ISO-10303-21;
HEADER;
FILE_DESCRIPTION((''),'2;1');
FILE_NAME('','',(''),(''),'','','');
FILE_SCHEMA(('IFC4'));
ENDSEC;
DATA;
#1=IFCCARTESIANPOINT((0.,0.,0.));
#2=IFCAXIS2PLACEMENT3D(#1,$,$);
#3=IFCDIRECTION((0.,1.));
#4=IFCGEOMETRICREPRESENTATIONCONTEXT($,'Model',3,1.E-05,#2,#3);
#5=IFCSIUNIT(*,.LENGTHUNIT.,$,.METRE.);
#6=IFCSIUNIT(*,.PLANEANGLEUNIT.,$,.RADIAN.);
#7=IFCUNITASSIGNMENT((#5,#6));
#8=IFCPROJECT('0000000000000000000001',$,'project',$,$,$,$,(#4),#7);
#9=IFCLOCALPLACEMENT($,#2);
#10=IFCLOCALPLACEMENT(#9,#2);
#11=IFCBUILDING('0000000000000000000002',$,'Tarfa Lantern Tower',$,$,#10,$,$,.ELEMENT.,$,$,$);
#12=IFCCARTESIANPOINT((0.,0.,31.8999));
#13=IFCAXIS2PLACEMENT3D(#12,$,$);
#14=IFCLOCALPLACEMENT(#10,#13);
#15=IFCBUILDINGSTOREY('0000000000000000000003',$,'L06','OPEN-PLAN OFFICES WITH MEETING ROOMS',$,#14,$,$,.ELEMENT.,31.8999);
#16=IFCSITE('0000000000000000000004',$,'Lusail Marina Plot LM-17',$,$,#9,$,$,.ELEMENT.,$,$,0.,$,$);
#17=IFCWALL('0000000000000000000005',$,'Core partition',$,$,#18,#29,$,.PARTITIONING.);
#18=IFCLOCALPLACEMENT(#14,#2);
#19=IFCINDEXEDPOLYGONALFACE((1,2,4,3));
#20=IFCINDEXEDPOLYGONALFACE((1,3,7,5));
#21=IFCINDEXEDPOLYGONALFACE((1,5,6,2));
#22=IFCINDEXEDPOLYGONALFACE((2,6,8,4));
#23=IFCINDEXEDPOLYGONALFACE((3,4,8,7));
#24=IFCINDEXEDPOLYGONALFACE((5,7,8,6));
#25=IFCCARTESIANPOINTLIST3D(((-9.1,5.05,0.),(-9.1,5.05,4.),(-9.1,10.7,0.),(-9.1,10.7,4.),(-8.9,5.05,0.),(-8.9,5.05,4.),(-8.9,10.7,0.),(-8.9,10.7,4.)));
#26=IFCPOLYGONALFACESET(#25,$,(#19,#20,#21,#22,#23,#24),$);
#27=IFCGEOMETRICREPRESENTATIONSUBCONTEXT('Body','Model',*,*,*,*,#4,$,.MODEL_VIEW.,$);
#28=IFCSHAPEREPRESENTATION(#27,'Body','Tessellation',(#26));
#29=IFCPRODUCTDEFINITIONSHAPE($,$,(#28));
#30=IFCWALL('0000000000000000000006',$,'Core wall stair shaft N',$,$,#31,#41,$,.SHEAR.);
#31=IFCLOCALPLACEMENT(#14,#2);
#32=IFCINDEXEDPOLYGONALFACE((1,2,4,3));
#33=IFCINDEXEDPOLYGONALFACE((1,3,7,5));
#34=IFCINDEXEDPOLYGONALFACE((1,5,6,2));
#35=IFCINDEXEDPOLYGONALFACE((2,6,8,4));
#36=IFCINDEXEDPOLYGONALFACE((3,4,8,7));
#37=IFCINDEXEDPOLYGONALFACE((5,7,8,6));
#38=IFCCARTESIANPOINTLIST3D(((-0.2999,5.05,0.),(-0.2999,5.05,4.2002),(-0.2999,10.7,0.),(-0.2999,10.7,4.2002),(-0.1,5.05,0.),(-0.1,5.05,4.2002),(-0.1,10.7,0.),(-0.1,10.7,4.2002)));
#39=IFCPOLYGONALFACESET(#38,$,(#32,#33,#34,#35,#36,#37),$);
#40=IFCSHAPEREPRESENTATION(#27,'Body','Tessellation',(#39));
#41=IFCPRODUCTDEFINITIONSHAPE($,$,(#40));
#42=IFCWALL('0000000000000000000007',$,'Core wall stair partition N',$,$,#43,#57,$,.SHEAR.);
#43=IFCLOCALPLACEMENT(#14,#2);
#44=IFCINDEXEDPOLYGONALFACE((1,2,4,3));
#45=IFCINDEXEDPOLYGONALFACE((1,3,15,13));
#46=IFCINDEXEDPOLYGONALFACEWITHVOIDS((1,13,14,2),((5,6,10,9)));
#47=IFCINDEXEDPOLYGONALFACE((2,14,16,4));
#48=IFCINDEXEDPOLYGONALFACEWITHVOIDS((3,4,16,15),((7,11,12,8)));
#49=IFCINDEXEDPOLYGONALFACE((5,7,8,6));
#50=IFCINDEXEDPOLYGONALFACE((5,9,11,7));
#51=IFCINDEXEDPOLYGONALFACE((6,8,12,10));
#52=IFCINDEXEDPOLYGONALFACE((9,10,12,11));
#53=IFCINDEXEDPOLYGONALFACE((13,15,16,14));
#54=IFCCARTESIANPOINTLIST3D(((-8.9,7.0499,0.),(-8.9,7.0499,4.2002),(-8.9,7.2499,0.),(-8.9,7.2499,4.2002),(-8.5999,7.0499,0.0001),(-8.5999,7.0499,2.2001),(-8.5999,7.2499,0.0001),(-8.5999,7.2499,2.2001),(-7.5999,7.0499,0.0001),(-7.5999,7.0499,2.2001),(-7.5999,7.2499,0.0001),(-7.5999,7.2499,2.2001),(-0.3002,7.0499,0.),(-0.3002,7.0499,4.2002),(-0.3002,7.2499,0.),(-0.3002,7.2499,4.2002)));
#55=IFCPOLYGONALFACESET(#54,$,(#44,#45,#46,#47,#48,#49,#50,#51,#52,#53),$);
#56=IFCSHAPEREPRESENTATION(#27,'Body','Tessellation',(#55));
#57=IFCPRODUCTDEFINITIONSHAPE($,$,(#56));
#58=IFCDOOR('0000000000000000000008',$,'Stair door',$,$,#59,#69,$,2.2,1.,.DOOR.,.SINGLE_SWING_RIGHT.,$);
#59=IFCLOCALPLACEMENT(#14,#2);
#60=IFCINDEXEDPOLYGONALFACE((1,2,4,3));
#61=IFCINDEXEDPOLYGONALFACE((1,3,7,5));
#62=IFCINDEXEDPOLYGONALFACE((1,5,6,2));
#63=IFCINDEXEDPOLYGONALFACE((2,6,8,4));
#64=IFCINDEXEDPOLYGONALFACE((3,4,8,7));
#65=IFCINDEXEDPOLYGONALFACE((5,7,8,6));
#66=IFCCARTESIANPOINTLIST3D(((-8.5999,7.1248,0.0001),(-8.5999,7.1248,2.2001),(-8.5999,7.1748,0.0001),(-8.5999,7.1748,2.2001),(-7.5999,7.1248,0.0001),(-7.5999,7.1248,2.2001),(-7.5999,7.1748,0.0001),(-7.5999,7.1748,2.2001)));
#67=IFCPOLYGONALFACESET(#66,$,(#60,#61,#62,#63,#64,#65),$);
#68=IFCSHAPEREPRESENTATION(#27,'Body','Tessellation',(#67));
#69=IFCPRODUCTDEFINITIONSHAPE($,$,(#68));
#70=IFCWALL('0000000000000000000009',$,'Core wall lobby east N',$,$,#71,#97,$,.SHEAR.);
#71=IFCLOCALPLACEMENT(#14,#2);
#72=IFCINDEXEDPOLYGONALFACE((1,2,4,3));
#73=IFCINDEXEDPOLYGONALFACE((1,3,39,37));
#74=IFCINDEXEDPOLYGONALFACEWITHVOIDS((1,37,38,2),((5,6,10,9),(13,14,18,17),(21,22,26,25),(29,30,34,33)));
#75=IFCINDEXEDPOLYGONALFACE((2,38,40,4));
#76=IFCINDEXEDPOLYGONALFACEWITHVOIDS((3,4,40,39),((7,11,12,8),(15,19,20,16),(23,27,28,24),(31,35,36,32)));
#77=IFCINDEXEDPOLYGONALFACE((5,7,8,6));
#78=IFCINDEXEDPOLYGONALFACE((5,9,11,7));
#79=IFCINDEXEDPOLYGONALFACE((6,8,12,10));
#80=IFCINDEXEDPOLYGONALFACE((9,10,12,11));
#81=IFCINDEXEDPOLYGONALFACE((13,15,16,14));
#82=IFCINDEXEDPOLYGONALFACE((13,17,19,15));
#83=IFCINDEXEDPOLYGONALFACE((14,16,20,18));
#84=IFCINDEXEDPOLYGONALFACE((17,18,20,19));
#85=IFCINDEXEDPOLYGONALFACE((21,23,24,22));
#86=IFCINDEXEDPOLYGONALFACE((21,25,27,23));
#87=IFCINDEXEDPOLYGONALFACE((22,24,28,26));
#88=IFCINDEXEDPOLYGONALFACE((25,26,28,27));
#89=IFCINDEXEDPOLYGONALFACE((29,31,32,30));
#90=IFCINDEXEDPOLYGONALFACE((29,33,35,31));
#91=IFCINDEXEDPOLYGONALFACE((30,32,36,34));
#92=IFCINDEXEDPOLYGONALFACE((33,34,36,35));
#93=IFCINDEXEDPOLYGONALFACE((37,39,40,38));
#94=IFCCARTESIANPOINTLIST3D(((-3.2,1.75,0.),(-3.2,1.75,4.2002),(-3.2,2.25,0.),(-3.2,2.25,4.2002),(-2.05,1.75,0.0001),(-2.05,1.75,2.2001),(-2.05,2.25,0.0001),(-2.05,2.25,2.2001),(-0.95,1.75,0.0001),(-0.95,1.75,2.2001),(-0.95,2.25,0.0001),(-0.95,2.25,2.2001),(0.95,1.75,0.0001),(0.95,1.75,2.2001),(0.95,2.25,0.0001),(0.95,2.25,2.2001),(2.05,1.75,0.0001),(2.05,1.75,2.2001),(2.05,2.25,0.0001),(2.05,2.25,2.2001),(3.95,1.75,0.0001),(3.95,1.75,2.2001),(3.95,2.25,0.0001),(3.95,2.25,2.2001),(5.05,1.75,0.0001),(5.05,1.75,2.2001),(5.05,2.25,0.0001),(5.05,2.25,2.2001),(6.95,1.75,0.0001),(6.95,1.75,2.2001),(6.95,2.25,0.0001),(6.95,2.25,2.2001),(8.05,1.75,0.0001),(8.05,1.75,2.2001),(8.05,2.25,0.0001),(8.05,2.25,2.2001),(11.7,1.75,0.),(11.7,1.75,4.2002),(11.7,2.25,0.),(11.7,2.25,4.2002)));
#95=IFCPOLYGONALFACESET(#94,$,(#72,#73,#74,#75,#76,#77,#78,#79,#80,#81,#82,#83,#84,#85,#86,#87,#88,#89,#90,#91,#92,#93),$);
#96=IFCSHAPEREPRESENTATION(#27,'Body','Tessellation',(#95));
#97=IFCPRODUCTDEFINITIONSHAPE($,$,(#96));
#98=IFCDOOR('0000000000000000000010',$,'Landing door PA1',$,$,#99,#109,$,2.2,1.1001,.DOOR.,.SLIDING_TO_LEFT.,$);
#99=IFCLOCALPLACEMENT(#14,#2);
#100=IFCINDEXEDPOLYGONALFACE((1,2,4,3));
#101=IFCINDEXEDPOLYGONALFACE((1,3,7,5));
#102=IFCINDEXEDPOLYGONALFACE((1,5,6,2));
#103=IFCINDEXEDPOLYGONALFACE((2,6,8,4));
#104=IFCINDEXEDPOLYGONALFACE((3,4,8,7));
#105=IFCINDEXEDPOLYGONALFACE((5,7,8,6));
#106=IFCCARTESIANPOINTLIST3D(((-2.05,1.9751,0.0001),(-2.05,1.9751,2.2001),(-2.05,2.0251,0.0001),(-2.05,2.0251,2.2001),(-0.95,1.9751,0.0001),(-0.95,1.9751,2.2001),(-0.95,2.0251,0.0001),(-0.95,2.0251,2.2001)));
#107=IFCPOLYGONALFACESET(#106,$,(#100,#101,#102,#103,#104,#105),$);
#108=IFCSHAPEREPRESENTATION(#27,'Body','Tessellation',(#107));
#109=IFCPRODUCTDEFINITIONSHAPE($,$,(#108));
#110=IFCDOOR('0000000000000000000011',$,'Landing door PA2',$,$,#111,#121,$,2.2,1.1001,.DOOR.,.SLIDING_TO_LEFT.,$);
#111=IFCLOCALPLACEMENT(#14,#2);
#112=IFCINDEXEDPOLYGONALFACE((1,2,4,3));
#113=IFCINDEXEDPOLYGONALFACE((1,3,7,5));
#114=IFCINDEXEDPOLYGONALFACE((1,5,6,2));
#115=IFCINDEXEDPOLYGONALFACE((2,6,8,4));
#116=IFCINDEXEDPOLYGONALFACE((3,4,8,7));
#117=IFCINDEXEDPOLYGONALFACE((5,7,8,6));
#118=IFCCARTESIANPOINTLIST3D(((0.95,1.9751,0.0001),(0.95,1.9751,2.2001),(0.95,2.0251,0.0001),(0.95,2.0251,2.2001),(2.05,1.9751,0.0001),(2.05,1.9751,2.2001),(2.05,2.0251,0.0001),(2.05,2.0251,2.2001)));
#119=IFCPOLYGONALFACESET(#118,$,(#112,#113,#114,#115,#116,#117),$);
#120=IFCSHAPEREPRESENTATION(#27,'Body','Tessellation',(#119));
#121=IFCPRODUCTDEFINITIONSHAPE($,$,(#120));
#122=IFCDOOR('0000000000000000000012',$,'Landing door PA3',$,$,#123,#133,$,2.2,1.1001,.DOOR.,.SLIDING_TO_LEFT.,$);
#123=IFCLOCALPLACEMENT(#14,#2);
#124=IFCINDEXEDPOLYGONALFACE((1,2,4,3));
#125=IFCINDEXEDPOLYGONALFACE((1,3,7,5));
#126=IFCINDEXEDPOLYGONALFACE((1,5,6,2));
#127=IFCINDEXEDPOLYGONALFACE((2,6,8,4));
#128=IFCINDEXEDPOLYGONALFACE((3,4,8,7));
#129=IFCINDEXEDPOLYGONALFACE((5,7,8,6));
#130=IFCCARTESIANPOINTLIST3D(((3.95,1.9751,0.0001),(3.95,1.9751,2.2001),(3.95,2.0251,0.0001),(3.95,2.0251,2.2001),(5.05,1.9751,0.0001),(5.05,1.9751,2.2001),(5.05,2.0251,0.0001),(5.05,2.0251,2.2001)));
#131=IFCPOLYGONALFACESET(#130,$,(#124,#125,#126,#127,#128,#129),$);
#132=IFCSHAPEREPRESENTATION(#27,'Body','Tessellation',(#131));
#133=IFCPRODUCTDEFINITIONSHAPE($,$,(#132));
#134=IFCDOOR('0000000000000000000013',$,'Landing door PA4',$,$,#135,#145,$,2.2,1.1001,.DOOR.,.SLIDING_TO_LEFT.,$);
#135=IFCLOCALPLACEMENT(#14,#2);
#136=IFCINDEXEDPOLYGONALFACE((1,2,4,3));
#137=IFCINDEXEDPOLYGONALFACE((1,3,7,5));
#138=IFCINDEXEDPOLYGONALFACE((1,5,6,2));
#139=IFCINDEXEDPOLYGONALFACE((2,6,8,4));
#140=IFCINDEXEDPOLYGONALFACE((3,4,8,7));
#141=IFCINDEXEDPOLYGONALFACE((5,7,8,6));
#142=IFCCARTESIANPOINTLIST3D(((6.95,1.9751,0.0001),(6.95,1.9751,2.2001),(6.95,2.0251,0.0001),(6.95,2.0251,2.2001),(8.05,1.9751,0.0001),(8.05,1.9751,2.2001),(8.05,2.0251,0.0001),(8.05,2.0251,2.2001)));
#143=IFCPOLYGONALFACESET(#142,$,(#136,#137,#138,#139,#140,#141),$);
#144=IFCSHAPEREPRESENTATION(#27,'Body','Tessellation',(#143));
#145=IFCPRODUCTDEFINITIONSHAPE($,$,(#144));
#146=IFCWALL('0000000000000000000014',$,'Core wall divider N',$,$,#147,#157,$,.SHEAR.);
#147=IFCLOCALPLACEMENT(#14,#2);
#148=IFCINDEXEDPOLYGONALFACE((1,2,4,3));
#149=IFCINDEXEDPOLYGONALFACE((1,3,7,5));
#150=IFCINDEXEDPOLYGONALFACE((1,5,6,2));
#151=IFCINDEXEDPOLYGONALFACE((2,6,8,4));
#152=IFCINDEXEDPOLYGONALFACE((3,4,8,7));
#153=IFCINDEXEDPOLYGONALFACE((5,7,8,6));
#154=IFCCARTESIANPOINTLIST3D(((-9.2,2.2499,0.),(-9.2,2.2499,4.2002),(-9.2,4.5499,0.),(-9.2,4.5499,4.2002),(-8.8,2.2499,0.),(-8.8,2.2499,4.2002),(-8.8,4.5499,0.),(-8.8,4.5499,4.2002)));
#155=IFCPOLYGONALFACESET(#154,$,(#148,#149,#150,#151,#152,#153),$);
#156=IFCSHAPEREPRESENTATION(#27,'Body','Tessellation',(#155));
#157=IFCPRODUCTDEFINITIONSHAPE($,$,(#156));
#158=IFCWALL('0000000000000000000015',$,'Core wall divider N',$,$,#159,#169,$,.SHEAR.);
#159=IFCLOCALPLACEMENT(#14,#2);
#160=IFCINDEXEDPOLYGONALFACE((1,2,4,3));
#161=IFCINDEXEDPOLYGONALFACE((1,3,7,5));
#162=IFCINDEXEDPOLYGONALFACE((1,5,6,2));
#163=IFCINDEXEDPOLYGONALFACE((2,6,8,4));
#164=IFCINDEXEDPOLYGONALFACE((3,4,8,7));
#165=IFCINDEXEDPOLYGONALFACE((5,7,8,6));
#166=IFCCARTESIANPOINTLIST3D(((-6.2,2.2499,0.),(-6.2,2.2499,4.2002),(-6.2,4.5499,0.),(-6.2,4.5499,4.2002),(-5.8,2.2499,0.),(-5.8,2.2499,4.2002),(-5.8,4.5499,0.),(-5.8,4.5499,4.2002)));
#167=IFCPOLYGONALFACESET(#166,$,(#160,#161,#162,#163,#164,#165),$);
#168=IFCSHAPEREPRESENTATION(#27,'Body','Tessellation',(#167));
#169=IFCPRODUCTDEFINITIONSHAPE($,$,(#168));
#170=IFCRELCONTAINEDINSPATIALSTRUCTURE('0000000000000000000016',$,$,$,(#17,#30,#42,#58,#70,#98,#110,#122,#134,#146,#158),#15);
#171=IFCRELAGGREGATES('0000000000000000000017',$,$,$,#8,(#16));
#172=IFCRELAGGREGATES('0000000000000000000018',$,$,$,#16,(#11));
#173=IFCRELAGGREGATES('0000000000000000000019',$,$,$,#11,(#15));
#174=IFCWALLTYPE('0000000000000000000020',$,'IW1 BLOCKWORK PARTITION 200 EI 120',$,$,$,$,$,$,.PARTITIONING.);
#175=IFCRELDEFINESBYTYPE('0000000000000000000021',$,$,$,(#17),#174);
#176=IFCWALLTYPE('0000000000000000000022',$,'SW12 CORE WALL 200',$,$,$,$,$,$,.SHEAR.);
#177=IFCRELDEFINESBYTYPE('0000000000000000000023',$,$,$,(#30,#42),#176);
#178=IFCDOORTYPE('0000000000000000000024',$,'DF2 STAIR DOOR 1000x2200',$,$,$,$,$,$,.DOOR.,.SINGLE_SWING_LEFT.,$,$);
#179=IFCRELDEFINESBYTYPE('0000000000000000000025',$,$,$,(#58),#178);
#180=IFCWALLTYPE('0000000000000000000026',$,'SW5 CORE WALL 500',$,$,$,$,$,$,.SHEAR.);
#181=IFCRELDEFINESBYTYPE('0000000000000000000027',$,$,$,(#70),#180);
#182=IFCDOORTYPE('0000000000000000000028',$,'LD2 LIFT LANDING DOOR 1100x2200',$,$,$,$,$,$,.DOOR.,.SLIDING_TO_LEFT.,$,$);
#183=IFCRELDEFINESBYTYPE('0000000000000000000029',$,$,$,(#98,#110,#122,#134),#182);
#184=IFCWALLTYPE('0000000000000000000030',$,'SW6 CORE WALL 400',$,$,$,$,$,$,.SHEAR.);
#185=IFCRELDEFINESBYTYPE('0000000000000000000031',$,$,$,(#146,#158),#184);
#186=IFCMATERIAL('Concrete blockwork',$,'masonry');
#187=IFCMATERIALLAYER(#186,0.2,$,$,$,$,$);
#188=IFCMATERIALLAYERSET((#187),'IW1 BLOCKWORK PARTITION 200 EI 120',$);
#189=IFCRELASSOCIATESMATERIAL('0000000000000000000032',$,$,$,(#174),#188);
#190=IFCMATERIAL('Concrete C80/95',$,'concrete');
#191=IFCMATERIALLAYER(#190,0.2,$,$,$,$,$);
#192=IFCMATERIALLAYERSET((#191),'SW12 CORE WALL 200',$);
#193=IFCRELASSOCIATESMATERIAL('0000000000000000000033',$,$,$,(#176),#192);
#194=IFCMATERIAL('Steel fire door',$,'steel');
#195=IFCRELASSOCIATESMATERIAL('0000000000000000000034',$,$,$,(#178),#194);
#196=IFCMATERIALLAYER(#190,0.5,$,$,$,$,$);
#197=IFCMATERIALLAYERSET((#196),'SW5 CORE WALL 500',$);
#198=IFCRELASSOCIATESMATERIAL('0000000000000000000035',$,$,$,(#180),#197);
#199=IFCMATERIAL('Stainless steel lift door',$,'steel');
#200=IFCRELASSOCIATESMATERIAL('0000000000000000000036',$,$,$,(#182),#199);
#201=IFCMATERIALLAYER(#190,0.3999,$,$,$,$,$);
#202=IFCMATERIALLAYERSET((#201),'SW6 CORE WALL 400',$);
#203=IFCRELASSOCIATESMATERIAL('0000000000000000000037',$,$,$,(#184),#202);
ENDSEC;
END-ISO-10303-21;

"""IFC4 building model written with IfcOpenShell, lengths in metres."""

from ifc_helpers import new_model, si_unit, direction, frame, frame_2d, origin, place, context, subcontext, project, spatial, rectangle, extrude, material, layer, layer_set, type_object, element, fill, save


model = new_model("IFC4")

# Units and contexts
model_context = context("Model", 3, precision=1e-05, world=origin(), true_north=direction((0.0, 1.0)))
body_context = subcontext(model_context, "Body", "Model", "MODEL_VIEW")
ifc_project = project(units=[si_unit("LENGTHUNIT", "METRE"), si_unit("PLANEANGLEUNIT", "RADIAN")], contexts=[model_context])

# Site, building, storey
site_placement = place(None, origin())
site = spatial("IfcSite", under=ifc_project, at=site_placement, Name="Lusail Marina Plot LM-17", CompositionType="ELEMENT", RefElevation=0.0)
building_placement = place(site_placement, origin())
building = spatial("IfcBuilding", under=site, at=building_placement, Name="Tarfa Lantern Tower", CompositionType="ELEMENT")
storey_placement = place(building_placement, frame((0.0, 0.0, 31.8999)))
storey = spatial("IfcBuildingStorey", under=building, at=storey_placement, Name="L06", Description="OPEN-PLAN OFFICES WITH MEETING ROOMS", CompositionType="ELEMENT", Elevation=31.8999)

# Walls
ifc_material_1 = material(Name="Concrete blockwork", Category="masonry")
ifc_layer_1 = layer(ifc_material_1, 0.2)
ifc_layer_set_1 = layer_set([ifc_layer_1], Name="IW1 BLOCKWORK PARTITION 200 EI 120")
wall_type_1 = type_object("IfcWallType", Name="IW1 BLOCKWORK PARTITION 200 EI 120", PredefinedType="PARTITIONING", material=ifc_layer_set_1)
wall_1_placement = place(storey_placement, frame((-9.0, 5.05, 0.0), z_axis=(0.0, 0.0, 1.0), x_axis=(0.0, 1.0, 0.0)))
element("IfcWall", 1, at=wall_1_placement, inside=storey, type_object=wall_type_1, Name="Core partition", PredefinedType="PARTITIONING", context=body_context, shape_type="SweptSolid", body=[
    extrude(rectangle(XDim=5.6499, YDim=0.2, at=frame_2d((2.825, 0.0))), origin(), (0.0, 0.0, 1.0), 4.0),
])
ifc_material_2 = material(Name="Concrete C80/95", Category="concrete")
ifc_layer_2 = layer(ifc_material_2, 0.2)
ifc_layer_set_2 = layer_set([ifc_layer_2], Name="SW12 CORE WALL 200")
wall_type_2 = type_object("IfcWallType", Name="SW12 CORE WALL 200", PredefinedType="SHEAR", material=ifc_layer_set_2)
wall_2_placement = place(storey_placement, frame((-0.2, 5.05, 0.0), z_axis=(0.0, 0.0, 1.0), x_axis=(0.0, 1.0, 0.0)))
element("IfcWall", 2, at=wall_2_placement, inside=storey, type_object=wall_type_2, Name="Core wall stair shaft N", PredefinedType="SHEAR", context=body_context, shape_type="SweptSolid", body=[
    extrude(rectangle(XDim=5.6499, YDim=0.2, at=frame_2d((2.825, 0.0))), origin(), (0.0, 0.0, 1.0), 4.2002),
])

# Wall, opening, door
wall_3_placement = place(storey_placement, frame((-8.8999, 7.1499, 0.0), z_axis=(0.0, 0.0, 1.0), x_axis=(1.0, 0.0, 0.0)))
wall_3 = element("IfcWall", 3, at=wall_3_placement, inside=storey, type_object=wall_type_2, Name="Core wall stair partition N", PredefinedType="SHEAR", context=body_context, shape_type="SweptSolid", body=[
    extrude(rectangle(XDim=8.5999, YDim=0.2, at=frame_2d((4.2998, 0.0))), origin(), (0.0, 0.0, 1.0), 4.2002),
])
opening_1_placement = place(wall_3_placement, frame((0.3, 0.0, 0.0)))
opening_1 = element("IfcOpeningElement", 4, at=opening_1_placement, cuts=wall_3, PredefinedType="OPENING", context=body_context, shape_type="SweptSolid", body=[
    extrude(rectangle(XDim=1.0, YDim=2.2, at=frame_2d((0.5, 1.1001))), frame((0.0, 0.1099, 0.0), z_axis=(0.0, -1.0, 0.0), x_axis=(1.0, 0.0, 0.0)), (0.0, 0.0, 1.0), 0.22),
])
ifc_material_3 = material(Name="Steel fire door", Category="steel")
door_type_1 = type_object("IfcDoorType", Name="DF2 STAIR DOOR 1000x2200", OperationType="SINGLE_SWING_LEFT", PredefinedType="DOOR", material=ifc_material_3)
door_1_placement = place(opening_1_placement, origin())
door_1 = element("IfcDoor", 5, at=door_1_placement, inside=storey, type_object=door_type_1, Name="Stair door", OperationType="SINGLE_SWING_RIGHT", OverallHeight=2.2, OverallWidth=1.0, PredefinedType="DOOR", context=body_context, shape_type="SweptSolid", body=[
    extrude(rectangle(XDim=1.0, YDim=2.2, at=frame_2d((0.5, 1.1001))), frame((0.0, 0.0249, 0.0), z_axis=(0.0, -1.0, 0.0), x_axis=(1.0, 0.0, 0.0)), (0.0, 0.0, 1.0), 0.05),
])
fill(opening_1, door_1)

# Wall, openings, doors
ifc_layer_3 = layer(ifc_material_2, 0.5)
ifc_layer_set_3 = layer_set([ifc_layer_3], Name="SW5 CORE WALL 500")
wall_type_3 = type_object("IfcWallType", Name="SW5 CORE WALL 500", PredefinedType="SHEAR", material=ifc_layer_set_3)
wall_4_placement = place(storey_placement, frame((-3.2, 2.0, 0.0), z_axis=(0.0, 0.0, 1.0), x_axis=(1.0, 0.0, 0.0)))
wall_4 = element("IfcWall", 6, at=wall_4_placement, inside=storey, type_object=wall_type_3, Name="Core wall lobby east N", PredefinedType="SHEAR", context=body_context, shape_type="SweptSolid", body=[
    extrude(rectangle(XDim=14.8999, YDim=0.5, at=frame_2d((7.45, 0.0))), origin(), (0.0, 0.0, 1.0), 4.2002),
])
opening_2_placement = place(wall_4_placement, frame((1.1499, 0.0, 0.0)))
opening_2 = element("IfcOpeningElement", 7, at=opening_2_placement, cuts=wall_4, PredefinedType="OPENING", context=body_context, shape_type="SweptSolid", body=[
    extrude(rectangle(XDim=1.1001, YDim=2.2, at=frame_2d((0.55, 1.1001))), frame((0.0, 0.26, 0.0), z_axis=(0.0, -1.0, 0.0), x_axis=(1.0, 0.0, 0.0)), (0.0, 0.0, 1.0), 0.52),
])
opening_3_placement = place(wall_4_placement, frame((4.1499, 0.0, 0.0)))
opening_3 = element("IfcOpeningElement", 8, at=opening_3_placement, cuts=wall_4, PredefinedType="OPENING", context=body_context, shape_type="SweptSolid", body=[
    extrude(rectangle(XDim=1.1001, YDim=2.2, at=frame_2d((0.55, 1.1001))), frame((0.0, 0.26, 0.0), z_axis=(0.0, -1.0, 0.0), x_axis=(1.0, 0.0, 0.0)), (0.0, 0.0, 1.0), 0.52),
])
opening_4_placement = place(wall_4_placement, frame((7.1499, 0.0, 0.0)))
opening_4 = element("IfcOpeningElement", 9, at=opening_4_placement, cuts=wall_4, PredefinedType="OPENING", context=body_context, shape_type="SweptSolid", body=[
    extrude(rectangle(XDim=1.1001, YDim=2.2, at=frame_2d((0.55, 1.1001))), frame((0.0, 0.26, 0.0), z_axis=(0.0, -1.0, 0.0), x_axis=(1.0, 0.0, 0.0)), (0.0, 0.0, 1.0), 0.52),
])
opening_5_placement = place(wall_4_placement, frame((10.1499, 0.0, 0.0)))
opening_5 = element("IfcOpeningElement", 10, at=opening_5_placement, cuts=wall_4, PredefinedType="OPENING", context=body_context, shape_type="SweptSolid", body=[
    extrude(rectangle(XDim=1.1001, YDim=2.2, at=frame_2d((0.55, 1.1001))), frame((0.0, 0.26, 0.0), z_axis=(0.0, -1.0, 0.0), x_axis=(1.0, 0.0, 0.0)), (0.0, 0.0, 1.0), 0.52),
])
ifc_material_4 = material(Name="Stainless steel lift door", Category="steel")
door_type_2 = type_object("IfcDoorType", Name="LD2 LIFT LANDING DOOR 1100x2200", OperationType="SLIDING_TO_LEFT", PredefinedType="DOOR", material=ifc_material_4)
door_2_placement = place(opening_2_placement, frame((1.1001, 0.0, 0.0), z_axis=(0.0, 0.0, 1.0), x_axis=(-1.0, 0.0, 0.0)))
door_2 = element("IfcDoor", 11, at=door_2_placement, inside=storey, type_object=door_type_2, Name="Landing door PA1", OperationType="SLIDING_TO_LEFT", OverallHeight=2.2, OverallWidth=1.1001, PredefinedType="DOOR", context=body_context, shape_type="SweptSolid", body=[
    extrude(rectangle(XDim=1.1001, YDim=2.2, at=frame_2d((0.55, 1.1001))), frame((0.0, 0.0249, 0.0), z_axis=(0.0, -1.0, 0.0), x_axis=(1.0, 0.0, 0.0)), (0.0, 0.0, 1.0), 0.05),
])
fill(opening_2, door_2)
door_3_placement = place(opening_3_placement, frame((1.1001, 0.0, 0.0), z_axis=(0.0, 0.0, 1.0), x_axis=(-1.0, 0.0, 0.0)))
door_3 = element("IfcDoor", 12, at=door_3_placement, inside=storey, type_object=door_type_2, Name="Landing door PA2", OperationType="SLIDING_TO_LEFT", OverallHeight=2.2, OverallWidth=1.1001, PredefinedType="DOOR", context=body_context, shape_type="SweptSolid", body=[
    extrude(rectangle(XDim=1.1001, YDim=2.2, at=frame_2d((0.55, 1.1001))), frame((0.0, 0.0249, 0.0), z_axis=(0.0, -1.0, 0.0), x_axis=(1.0, 0.0, 0.0)), (0.0, 0.0, 1.0), 0.05),
])
fill(opening_3, door_3)
door_4_placement = place(opening_4_placement, frame((1.1001, 0.0, 0.0), z_axis=(0.0, 0.0, 1.0), x_axis=(-1.0, 0.0, 0.0)))
door_4 = element("IfcDoor", 13, at=door_4_placement, inside=storey, type_object=door_type_2, Name="Landing door PA3", OperationType="SLIDING_TO_LEFT", OverallHeight=2.2, OverallWidth=1.1001, PredefinedType="DOOR", context=body_context, shape_type="SweptSolid", body=[
    extrude(rectangle(XDim=1.1001, YDim=2.2, at=frame_2d((0.55, 1.1001))), frame((0.0, 0.0249, 0.0), z_axis=(0.0, -1.0, 0.0), x_axis=(1.0, 0.0, 0.0)), (0.0, 0.0, 1.0), 0.05),
])
fill(opening_4, door_4)
door_5_placement = place(opening_5_placement, frame((1.1001, 0.0, 0.0), z_axis=(0.0, 0.0, 1.0), x_axis=(-1.0, 0.0, 0.0)))
door_5 = element("IfcDoor", 14, at=door_5_placement, inside=storey, type_object=door_type_2, Name="Landing door PA4", OperationType="SLIDING_TO_LEFT", OverallHeight=2.2, OverallWidth=1.1001, PredefinedType="DOOR", context=body_context, shape_type="SweptSolid", body=[
    extrude(rectangle(XDim=1.1001, YDim=2.2, at=frame_2d((0.55, 1.1001))), frame((0.0, 0.0249, 0.0), z_axis=(0.0, -1.0, 0.0), x_axis=(1.0, 0.0, 0.0)), (0.0, 0.0, 1.0), 0.05),
])
fill(opening_5, door_5)

# Walls
ifc_layer_4 = layer(ifc_material_2, 0.3999)
ifc_layer_set_4 = layer_set([ifc_layer_4], Name="SW6 CORE WALL 400")
wall_type_4 = type_object("IfcWallType", Name="SW6 CORE WALL 400", PredefinedType="SHEAR", material=ifc_layer_set_4)
for number, where, z_axis, x_axis, name in (
    (15, (-9.0, 2.25, 0.0), (0.0, 0.0, 1.0), (0.0, 1.0, 0.0), "Core wall divider N"),
    (16, (-6.0, 2.25, 0.0), (0.0, 0.0, 1.0), (0.0, 1.0, 0.0), "Core wall divider N"),
):
    element("IfcWall", number, at=place(storey_placement, frame(where, z_axis=z_axis, x_axis=x_axis)), inside=storey, type_object=wall_type_4, Name=name, PredefinedType="SHEAR", context=body_context, shape_type="SweptSolid", body=[
        extrude(rectangle(XDim=2.3, YDim=0.3999, at=frame_2d((1.1499, 0.0))), origin(), (0.0, 0.0, 1.0), 4.2002),
    ])

save(model, "model.ifc")
